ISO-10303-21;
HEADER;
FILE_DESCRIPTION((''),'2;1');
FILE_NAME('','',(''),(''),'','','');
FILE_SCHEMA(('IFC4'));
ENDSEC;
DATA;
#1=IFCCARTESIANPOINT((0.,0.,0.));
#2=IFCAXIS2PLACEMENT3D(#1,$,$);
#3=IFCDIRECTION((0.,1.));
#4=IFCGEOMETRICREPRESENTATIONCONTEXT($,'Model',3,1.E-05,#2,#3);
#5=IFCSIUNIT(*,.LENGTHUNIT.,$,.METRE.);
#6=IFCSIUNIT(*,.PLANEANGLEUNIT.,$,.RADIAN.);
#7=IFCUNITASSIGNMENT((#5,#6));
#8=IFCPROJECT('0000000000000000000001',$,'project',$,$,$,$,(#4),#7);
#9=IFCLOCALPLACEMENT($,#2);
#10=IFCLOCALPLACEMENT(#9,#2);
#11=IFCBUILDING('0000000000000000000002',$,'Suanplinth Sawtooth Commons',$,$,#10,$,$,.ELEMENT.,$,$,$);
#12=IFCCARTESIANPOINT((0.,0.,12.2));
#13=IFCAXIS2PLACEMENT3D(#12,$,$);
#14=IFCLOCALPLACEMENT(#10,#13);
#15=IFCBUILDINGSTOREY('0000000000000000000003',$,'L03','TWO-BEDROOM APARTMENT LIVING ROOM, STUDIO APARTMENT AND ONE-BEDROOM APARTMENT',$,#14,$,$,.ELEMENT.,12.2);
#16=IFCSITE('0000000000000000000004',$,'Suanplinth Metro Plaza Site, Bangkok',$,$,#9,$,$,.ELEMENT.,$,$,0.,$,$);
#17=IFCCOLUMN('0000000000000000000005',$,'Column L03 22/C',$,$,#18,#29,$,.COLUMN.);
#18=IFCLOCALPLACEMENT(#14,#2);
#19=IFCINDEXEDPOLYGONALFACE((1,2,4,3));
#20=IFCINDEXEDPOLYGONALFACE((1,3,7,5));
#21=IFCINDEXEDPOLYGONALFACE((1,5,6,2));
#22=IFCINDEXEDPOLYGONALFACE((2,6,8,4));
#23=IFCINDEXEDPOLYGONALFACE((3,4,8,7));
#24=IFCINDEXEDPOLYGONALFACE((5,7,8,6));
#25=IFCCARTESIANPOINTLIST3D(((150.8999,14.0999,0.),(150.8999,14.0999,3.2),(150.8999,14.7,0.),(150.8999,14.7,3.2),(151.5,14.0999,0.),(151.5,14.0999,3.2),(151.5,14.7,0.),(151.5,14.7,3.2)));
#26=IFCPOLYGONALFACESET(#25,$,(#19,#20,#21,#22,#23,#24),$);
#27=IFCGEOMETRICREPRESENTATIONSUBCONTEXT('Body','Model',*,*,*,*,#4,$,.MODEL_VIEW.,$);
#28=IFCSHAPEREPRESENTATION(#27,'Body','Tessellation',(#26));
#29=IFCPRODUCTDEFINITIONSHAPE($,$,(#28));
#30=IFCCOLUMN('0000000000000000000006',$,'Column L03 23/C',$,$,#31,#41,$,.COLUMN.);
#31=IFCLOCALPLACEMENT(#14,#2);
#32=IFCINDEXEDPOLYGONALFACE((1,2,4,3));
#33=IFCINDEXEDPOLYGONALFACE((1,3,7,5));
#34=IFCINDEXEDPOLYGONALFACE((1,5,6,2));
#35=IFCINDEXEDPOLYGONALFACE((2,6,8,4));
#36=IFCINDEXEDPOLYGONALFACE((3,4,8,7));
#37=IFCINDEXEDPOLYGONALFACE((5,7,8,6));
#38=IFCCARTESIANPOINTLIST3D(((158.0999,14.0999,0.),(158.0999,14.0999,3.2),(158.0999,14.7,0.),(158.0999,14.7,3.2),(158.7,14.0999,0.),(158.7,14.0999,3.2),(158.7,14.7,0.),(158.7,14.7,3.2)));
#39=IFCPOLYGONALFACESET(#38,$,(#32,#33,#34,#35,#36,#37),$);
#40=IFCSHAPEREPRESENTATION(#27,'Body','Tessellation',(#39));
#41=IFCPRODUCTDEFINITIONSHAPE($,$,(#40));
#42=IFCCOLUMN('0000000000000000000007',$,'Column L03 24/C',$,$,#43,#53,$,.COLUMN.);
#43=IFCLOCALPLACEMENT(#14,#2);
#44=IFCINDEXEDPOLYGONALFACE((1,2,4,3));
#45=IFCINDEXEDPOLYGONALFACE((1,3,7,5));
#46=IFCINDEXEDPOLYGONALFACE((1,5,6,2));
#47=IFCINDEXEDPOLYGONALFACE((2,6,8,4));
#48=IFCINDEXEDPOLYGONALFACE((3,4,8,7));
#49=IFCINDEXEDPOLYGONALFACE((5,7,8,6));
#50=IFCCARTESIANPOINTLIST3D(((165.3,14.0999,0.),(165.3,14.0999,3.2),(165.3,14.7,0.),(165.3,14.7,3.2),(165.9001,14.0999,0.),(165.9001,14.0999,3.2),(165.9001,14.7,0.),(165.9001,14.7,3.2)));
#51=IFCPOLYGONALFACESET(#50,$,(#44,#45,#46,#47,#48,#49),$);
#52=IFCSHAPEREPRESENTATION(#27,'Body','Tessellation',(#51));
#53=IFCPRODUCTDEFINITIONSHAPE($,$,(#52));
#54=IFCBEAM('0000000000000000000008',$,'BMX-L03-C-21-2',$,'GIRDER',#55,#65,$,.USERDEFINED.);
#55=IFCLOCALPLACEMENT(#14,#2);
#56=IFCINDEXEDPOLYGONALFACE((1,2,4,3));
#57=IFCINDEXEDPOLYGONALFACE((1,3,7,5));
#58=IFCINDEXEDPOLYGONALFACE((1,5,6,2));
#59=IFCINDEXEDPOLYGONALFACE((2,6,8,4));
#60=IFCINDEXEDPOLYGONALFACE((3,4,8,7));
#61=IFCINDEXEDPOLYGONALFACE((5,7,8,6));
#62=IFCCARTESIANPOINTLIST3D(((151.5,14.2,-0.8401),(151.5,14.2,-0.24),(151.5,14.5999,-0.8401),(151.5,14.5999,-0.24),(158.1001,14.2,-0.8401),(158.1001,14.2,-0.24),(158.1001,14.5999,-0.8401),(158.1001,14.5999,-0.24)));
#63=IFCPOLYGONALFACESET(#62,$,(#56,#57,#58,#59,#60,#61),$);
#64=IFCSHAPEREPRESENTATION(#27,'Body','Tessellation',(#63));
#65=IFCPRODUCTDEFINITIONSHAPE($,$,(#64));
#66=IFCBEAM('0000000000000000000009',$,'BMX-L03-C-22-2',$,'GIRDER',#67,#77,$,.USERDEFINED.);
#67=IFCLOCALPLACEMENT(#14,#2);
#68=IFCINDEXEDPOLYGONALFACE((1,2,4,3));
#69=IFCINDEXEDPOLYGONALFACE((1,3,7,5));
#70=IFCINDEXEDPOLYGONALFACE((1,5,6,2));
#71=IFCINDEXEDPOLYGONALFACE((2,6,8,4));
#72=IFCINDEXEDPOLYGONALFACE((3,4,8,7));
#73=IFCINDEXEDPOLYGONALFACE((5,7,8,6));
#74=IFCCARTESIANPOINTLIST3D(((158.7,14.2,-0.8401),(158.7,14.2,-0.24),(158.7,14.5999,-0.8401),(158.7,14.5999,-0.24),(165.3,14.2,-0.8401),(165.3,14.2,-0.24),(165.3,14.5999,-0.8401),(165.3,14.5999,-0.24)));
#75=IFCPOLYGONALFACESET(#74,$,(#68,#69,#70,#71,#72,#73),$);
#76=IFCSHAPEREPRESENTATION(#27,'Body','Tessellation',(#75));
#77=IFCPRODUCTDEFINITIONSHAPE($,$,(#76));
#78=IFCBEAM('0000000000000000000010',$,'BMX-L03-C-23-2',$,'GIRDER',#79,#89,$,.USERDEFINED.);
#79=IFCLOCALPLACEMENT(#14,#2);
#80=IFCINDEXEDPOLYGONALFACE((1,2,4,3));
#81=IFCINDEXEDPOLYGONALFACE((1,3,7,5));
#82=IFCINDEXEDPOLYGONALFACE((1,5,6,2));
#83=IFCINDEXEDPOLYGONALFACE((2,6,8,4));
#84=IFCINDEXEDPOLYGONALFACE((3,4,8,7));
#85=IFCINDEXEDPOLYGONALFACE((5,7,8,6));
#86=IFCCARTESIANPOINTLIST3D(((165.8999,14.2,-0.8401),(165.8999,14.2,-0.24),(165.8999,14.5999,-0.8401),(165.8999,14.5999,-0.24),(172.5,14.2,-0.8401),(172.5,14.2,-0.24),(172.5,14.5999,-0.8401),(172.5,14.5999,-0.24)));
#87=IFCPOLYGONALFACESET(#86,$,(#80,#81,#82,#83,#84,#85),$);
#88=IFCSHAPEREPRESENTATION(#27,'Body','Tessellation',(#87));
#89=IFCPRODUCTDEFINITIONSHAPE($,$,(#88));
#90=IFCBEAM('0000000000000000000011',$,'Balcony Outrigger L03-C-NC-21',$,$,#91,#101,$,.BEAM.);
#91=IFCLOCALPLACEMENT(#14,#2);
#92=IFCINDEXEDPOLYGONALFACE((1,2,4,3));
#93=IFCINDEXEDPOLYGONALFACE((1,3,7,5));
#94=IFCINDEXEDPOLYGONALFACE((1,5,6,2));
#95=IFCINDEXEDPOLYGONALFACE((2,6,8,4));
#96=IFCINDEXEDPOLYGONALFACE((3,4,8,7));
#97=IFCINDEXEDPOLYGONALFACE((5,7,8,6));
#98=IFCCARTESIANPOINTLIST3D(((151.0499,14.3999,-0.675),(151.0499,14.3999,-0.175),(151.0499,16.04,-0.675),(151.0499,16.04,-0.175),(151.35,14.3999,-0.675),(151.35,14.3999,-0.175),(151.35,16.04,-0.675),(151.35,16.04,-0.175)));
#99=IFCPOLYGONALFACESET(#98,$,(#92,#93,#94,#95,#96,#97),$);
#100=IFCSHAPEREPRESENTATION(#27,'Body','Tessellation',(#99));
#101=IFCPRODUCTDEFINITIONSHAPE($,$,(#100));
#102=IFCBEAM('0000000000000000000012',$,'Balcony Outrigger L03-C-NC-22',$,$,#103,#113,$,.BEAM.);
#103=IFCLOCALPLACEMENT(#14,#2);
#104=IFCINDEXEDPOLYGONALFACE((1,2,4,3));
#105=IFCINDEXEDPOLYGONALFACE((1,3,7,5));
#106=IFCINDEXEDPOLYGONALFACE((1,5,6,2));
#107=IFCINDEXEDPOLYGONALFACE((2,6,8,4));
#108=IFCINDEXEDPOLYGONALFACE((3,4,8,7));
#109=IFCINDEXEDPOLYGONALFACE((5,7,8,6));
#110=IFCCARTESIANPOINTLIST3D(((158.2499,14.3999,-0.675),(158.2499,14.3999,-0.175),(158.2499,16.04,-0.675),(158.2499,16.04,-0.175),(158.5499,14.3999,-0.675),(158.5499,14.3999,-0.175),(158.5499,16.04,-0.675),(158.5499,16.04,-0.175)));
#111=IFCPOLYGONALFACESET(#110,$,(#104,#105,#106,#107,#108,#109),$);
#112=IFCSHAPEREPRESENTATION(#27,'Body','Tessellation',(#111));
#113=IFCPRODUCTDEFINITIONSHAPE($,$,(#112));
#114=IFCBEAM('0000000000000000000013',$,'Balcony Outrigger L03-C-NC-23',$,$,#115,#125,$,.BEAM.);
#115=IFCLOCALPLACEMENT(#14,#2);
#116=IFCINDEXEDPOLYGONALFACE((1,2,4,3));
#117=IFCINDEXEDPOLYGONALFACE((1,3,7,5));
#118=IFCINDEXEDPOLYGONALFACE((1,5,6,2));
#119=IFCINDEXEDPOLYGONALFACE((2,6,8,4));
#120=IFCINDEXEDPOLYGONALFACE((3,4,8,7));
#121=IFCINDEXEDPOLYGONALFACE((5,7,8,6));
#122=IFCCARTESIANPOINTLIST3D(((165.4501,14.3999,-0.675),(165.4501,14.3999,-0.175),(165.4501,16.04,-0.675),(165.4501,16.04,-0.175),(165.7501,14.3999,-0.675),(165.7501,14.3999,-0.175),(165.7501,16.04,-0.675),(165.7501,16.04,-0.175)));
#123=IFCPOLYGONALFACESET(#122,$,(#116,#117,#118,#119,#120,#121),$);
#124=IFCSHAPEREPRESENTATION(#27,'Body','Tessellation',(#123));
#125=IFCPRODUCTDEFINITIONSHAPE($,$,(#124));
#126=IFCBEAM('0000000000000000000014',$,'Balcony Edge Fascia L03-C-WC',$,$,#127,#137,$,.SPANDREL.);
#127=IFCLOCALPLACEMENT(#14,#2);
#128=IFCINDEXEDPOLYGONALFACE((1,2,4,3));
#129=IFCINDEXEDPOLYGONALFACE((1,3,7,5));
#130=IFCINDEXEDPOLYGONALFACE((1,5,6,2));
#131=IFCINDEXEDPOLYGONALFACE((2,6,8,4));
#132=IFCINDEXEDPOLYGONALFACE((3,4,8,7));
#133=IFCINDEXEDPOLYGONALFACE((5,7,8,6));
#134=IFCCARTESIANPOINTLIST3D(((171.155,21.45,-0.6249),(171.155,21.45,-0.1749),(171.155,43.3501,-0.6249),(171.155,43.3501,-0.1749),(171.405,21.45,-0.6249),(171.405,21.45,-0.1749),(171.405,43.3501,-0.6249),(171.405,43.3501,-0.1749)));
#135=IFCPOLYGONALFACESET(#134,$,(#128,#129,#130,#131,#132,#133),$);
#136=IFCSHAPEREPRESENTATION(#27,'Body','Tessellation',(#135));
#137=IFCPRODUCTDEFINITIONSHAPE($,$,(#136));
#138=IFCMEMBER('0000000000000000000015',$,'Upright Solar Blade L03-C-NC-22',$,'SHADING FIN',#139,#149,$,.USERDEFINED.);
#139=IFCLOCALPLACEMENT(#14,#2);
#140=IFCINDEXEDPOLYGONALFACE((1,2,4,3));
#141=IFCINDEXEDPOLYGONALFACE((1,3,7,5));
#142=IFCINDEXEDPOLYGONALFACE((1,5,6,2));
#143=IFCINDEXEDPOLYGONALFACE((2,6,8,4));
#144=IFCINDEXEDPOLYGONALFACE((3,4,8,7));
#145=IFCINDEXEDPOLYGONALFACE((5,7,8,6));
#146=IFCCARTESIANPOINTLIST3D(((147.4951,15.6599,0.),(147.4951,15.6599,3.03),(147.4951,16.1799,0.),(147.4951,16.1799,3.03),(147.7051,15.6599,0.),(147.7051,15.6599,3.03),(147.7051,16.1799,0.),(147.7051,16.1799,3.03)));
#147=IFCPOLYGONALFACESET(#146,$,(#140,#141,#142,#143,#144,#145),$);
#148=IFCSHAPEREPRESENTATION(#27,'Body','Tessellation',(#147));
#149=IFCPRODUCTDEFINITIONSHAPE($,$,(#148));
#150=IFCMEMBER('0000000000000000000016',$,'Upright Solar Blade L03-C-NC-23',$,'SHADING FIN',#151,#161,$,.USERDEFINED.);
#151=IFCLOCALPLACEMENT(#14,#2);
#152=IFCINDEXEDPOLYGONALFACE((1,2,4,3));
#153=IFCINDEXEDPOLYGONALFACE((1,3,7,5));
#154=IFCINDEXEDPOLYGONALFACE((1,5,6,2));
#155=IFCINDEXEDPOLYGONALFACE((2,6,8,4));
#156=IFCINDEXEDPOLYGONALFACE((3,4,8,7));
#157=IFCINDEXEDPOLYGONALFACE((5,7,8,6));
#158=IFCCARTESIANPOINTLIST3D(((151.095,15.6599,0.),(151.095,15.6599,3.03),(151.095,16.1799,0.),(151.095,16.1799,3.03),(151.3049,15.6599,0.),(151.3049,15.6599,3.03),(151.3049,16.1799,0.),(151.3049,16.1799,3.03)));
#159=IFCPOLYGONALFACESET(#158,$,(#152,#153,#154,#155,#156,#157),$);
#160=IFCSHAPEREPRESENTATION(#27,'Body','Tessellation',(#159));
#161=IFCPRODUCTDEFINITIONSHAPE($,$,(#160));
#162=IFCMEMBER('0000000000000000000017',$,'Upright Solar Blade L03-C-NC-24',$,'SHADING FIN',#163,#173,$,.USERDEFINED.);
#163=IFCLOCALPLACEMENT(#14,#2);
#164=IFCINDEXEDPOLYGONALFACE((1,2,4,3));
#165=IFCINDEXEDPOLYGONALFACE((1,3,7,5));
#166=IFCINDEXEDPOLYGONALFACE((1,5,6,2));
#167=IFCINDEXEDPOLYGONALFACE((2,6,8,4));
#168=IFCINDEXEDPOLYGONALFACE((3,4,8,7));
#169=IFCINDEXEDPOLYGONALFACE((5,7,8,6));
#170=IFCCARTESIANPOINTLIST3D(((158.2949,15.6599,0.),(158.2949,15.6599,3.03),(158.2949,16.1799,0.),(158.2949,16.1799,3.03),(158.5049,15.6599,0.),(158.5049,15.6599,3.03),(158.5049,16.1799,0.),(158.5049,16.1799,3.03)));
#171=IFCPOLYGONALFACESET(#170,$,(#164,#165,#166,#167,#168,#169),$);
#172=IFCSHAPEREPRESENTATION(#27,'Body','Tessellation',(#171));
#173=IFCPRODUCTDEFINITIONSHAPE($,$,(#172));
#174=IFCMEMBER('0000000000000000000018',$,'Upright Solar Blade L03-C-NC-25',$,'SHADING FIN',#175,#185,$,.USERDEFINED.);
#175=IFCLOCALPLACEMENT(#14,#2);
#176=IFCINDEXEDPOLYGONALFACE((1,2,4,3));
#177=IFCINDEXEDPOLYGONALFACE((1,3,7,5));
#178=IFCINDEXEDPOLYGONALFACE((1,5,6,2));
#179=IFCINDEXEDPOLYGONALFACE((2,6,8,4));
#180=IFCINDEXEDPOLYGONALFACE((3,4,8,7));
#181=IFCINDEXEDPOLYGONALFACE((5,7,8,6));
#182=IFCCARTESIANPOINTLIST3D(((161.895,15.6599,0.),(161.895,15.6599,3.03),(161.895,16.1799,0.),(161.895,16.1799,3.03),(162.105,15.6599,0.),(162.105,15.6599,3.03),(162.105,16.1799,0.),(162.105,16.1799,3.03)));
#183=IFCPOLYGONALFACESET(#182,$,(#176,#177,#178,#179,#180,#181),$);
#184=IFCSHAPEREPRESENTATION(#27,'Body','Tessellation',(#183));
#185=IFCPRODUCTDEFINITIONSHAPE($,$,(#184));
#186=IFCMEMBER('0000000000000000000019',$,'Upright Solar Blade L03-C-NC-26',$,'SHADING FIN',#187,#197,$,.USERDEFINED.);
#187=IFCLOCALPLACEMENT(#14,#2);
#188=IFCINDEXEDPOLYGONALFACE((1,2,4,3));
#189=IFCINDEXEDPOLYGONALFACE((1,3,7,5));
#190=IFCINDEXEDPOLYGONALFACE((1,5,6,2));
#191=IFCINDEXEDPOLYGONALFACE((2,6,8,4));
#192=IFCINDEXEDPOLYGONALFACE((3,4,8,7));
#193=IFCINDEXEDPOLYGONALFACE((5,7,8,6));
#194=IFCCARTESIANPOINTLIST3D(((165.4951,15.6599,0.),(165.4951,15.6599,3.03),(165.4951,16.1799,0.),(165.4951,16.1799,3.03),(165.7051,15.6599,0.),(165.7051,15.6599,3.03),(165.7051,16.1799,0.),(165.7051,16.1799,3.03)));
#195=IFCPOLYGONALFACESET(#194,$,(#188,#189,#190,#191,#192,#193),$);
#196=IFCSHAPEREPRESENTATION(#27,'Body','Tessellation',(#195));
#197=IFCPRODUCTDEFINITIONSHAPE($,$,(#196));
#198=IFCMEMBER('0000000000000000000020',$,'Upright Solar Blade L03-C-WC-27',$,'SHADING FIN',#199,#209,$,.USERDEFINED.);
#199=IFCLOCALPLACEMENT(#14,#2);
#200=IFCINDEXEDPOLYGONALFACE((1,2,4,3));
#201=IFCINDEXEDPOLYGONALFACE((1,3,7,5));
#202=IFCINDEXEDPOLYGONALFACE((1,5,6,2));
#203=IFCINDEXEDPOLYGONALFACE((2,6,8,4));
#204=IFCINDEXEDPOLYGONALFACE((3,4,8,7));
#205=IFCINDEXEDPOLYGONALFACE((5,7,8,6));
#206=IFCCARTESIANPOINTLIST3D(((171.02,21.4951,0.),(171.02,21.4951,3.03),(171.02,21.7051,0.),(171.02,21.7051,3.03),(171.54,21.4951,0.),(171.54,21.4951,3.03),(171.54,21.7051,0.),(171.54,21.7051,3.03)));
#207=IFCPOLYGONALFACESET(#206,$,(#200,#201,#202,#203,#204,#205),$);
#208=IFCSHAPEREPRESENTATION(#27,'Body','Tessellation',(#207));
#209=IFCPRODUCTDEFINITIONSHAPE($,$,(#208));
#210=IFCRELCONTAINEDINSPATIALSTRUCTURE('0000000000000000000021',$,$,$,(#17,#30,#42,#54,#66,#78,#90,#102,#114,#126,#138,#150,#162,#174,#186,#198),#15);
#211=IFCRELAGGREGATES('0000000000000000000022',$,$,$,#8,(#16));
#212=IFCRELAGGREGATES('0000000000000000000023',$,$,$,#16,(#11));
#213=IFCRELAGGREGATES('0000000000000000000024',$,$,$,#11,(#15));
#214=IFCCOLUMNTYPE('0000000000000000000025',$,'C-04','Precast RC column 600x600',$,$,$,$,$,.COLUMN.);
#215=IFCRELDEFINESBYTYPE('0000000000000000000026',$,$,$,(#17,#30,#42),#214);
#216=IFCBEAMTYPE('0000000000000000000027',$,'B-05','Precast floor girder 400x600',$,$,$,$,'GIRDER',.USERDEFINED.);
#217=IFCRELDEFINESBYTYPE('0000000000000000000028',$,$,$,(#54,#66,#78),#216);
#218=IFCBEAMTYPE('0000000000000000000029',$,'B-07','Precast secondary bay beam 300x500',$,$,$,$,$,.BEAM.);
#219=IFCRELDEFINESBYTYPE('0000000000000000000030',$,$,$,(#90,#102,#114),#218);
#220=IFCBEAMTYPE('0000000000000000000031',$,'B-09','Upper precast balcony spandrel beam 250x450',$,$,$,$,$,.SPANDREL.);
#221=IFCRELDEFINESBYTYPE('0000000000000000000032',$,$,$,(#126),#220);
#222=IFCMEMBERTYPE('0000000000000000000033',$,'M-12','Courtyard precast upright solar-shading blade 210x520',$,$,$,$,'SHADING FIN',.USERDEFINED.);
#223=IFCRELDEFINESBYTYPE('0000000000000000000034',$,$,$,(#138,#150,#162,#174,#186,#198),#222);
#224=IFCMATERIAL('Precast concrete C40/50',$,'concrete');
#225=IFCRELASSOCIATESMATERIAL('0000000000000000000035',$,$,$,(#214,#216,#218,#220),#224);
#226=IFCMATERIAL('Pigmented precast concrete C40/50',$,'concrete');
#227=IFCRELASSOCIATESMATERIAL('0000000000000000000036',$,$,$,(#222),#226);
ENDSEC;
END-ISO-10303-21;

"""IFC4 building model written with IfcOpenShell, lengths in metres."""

from ifc_helpers import new_model, si_unit, direction, frame, origin, origin_2d, place, context, subcontext, project, spatial, rectangle, extrude, material, material_profile, profile_set, type_object, element, save


model = new_model("IFC4")

# Units and contexts
model_context = context("Model", 3, precision=1e-05, world=origin(), true_north=direction((0.0, 1.0)))
body_context = subcontext(model_context, "Body", "Model", "MODEL_VIEW")
ifc_project = project(units=[si_unit("LENGTHUNIT", "METRE"), si_unit("PLANEANGLEUNIT", "RADIAN")], contexts=[model_context])

# Site, building, storey
site_placement = place(None, origin())
site = spatial("IfcSite", under=ifc_project, at=site_placement, Name="Suanplinth Metro Plaza Site, Bangkok", CompositionType="ELEMENT", RefElevation=0.0)
building_placement = place(site_placement, origin())
building = spatial("IfcBuilding", under=site, at=building_placement, Name="Suanplinth Sawtooth Commons", CompositionType="ELEMENT")
storey_placement = place(building_placement, frame((0.0, 0.0, 12.2)))
storey = spatial("IfcBuildingStorey", under=building, at=storey_placement, Name="L03", Description="TWO-BEDROOM APARTMENT LIVING ROOM, STUDIO APARTMENT AND ONE-BEDROOM APARTMENT", CompositionType="ELEMENT", Elevation=12.2)

# Columns
ifc_material_1 = material(Name="Precast concrete C40/50", Category="concrete")
ifc_material_profile_1 = material_profile(ifc_material_1, rectangle(XDim=0.6001, YDim=0.6001, at=origin_2d()), Name="PC-COL 600x600")
ifc_profile_set_1 = profile_set([ifc_material_profile_1], Name="Precast concrete C40/50")
column_type = type_object("IfcColumnType", Name="C-04", Description="Precast RC column 600x600", PredefinedType="COLUMN", material=ifc_profile_set_1)
for number, where, z_axis, x_axis, name in (
    (1, (151.2, 14.3999, 0.0), (0.0, 0.0, 1.0), (1.0, 0.0, 0.0), "Column L03 22/C"),
    (2, (158.3999, 14.3999, 0.0), (0.0, 0.0, 1.0), (1.0, 0.0, 0.0), "Column L03 23/C"),
    (3, (165.6001, 14.3999, 0.0), (0.0, 0.0, 1.0), (1.0, 0.0, 0.0), "Column L03 24/C"),
):
    element("IfcColumn", number, at=place(storey_placement, frame(where, z_axis=z_axis, x_axis=x_axis)), inside=storey, type_object=column_type, Name=name, PredefinedType="COLUMN", context=body_context, shape_type="SweptSolid", body=[
        extrude(rectangle(XDim=0.6001, YDim=0.6001, at=origin_2d()), origin(), (0.0, 0.0, 1.0), 3.2),
    ])

# Beams
ifc_material_profile_2 = material_profile(ifc_material_1, rectangle(XDim=0.3999, YDim=0.6001, at=origin_2d()), Name="PC-GDR 400x600")
ifc_profile_set_2 = profile_set([ifc_material_profile_2], Name="Precast concrete C40/50")
beam_type_1 = type_object("IfcBeamType", Name="B-05", Description="Precast floor girder 400x600", ElementType="GIRDER", PredefinedType="USERDEFINED", material=ifc_profile_set_2)
for number, where, z_axis, x_axis, name in (
    (4, (151.5, 14.3999, -0.54), (1.0, 0.0, 0.0), (0.0, 1.0, 0.0), "BMX-L03-C-21-2"),
    (5, (158.7, 14.3999, -0.54), (1.0, 0.0, 0.0), (0.0, 1.0, 0.0), "BMX-L03-C-22-2"),
    (6, (165.8999, 14.3999, -0.54), (1.0, 0.0, 0.0), (0.0, 1.0, 0.0), "BMX-L03-C-23-2"),
):
    element("IfcBeam", number, at=place(storey_placement, frame(where, z_axis=z_axis, x_axis=x_axis)), inside=storey, type_object=beam_type_1, Name=name, ObjectType="GIRDER", PredefinedType="USERDEFINED", context=body_context, shape_type="SweptSolid", body=[
        extrude(rectangle(XDim=0.3999, YDim=0.6001, at=origin_2d()), origin(), (0.0, 0.0, 1.0), 6.6001),
    ])
ifc_material_profile_3 = material_profile(ifc_material_1, rectangle(XDim=0.3, YDim=0.5, at=origin_2d()), Name="PC-BM 300x500")
ifc_profile_set_3 = profile_set([ifc_material_profile_3], Name="Precast concrete C40/50")
beam_type_2 = type_object("IfcBeamType", Name="B-07", Description="Precast secondary bay beam 300x500", PredefinedType="BEAM", material=ifc_profile_set_3)
for number, where, z_axis, x_axis, name in (
    (7, (151.2, 14.3999, -0.425), (0.0, 1.0, 0.0), (-1.0, 0.0, 0.0), "Balcony Outrigger L03-C-NC-21"),
    (8, (158.3999, 14.3999, -0.425), (0.0, 1.0, 0.0), (-1.0, 0.0, 0.0), "Balcony Outrigger L03-C-NC-22"),
    (9, (165.6001, 14.3999, -0.425), (0.0, 1.0, 0.0), (-1.0, 0.0, 0.0), "Balcony Outrigger L03-C-NC-23"),
):
    element("IfcBeam", number, at=place(storey_placement, frame(where, z_axis=z_axis, x_axis=x_axis)), inside=storey, type_object=beam_type_2, Name=name, PredefinedType="BEAM", context=body_context, shape_type="SweptSolid", body=[
        extrude(rectangle(XDim=0.3, YDim=0.5, at=origin_2d()), origin(), (0.0, 0.0, 1.0), 1.6401),
    ])
ifc_material_profile_4 = material_profile(ifc_material_1, rectangle(XDim=0.25, YDim=0.45, at=origin_2d()), Name="PC-SP 250x450")
ifc_profile_set_4 = profile_set([ifc_material_profile_4], Name="Precast concrete C40/50")
beam_type_3 = type_object("IfcBeamType", Name="B-09", Description="Upper precast balcony spandrel beam 250x450", PredefinedType="SPANDREL", material=ifc_profile_set_4)
beam_placement = place(storey_placement, frame((171.28, 21.45, -0.3999), z_axis=(0.0, 1.0, 0.0), x_axis=(-1.0, 0.0, 0.0)))
element("IfcBeam", 10, at=beam_placement, inside=storey, type_object=beam_type_3, Name="Balcony Edge Fascia L03-C-WC", PredefinedType="SPANDREL", context=body_context, shape_type="SweptSolid", body=[
    extrude(rectangle(XDim=0.25, YDim=0.45, at=origin_2d()), origin(), (0.0, 0.0, 1.0), 21.9001),
])

# Members
ifc_material_2 = material(Name="Pigmented precast concrete C40/50", Category="concrete")
ifc_material_profile_5 = material_profile(ifc_material_2, rectangle(XDim=0.21, YDim=0.52, at=origin_2d()), Name="PC-FIN 210x520")
ifc_profile_set_5 = profile_set([ifc_material_profile_5], Name="Pigmented precast concrete C40/50")
member_type = type_object("IfcMemberType", Name="M-12", Description="Courtyard precast upright solar-shading blade 210x520", ElementType="SHADING FIN", PredefinedType="USERDEFINED", material=ifc_profile_set_5)
for number, where, z_axis, x_axis, name in (
    (11, (147.6001, 15.9199, 0.0), (0.0, 0.0, 1.0), (1.0, 0.0, 0.0), "Upright Solar Blade L03-C-NC-22"),
    (12, (151.2, 15.9199, 0.0), (0.0, 0.0, 1.0), (1.0, 0.0, 0.0), "Upright Solar Blade L03-C-NC-23"),
    (13, (158.3999, 15.9199, 0.0), (0.0, 0.0, 1.0), (1.0, 0.0, 0.0), "Upright Solar Blade L03-C-NC-24"),
    (14, (162.0, 15.9199, 0.0), (0.0, 0.0, 1.0), (1.0, 0.0, 0.0), "Upright Solar Blade L03-C-NC-25"),
    (15, (165.6001, 15.9199, 0.0), (0.0, 0.0, 1.0), (1.0, 0.0, 0.0), "Upright Solar Blade L03-C-NC-26"),
    (16, (171.28, 21.6001, 0.0), (0.0, 0.0, 1.0), (0.0, 1.0, 0.0), "Upright Solar Blade L03-C-WC-27"),
):
    element("IfcMember", number, at=place(storey_placement, frame(where, z_axis=z_axis, x_axis=x_axis)), inside=storey, type_object=member_type, Name=name, ObjectType="SHADING FIN", PredefinedType="USERDEFINED", context=body_context, shape_type="SweptSolid", body=[
        extrude(rectangle(XDim=0.21, YDim=0.52, at=origin_2d()), origin(), (0.0, 0.0, 1.0), 3.03),
    ])

save(model, "model.ifc")
